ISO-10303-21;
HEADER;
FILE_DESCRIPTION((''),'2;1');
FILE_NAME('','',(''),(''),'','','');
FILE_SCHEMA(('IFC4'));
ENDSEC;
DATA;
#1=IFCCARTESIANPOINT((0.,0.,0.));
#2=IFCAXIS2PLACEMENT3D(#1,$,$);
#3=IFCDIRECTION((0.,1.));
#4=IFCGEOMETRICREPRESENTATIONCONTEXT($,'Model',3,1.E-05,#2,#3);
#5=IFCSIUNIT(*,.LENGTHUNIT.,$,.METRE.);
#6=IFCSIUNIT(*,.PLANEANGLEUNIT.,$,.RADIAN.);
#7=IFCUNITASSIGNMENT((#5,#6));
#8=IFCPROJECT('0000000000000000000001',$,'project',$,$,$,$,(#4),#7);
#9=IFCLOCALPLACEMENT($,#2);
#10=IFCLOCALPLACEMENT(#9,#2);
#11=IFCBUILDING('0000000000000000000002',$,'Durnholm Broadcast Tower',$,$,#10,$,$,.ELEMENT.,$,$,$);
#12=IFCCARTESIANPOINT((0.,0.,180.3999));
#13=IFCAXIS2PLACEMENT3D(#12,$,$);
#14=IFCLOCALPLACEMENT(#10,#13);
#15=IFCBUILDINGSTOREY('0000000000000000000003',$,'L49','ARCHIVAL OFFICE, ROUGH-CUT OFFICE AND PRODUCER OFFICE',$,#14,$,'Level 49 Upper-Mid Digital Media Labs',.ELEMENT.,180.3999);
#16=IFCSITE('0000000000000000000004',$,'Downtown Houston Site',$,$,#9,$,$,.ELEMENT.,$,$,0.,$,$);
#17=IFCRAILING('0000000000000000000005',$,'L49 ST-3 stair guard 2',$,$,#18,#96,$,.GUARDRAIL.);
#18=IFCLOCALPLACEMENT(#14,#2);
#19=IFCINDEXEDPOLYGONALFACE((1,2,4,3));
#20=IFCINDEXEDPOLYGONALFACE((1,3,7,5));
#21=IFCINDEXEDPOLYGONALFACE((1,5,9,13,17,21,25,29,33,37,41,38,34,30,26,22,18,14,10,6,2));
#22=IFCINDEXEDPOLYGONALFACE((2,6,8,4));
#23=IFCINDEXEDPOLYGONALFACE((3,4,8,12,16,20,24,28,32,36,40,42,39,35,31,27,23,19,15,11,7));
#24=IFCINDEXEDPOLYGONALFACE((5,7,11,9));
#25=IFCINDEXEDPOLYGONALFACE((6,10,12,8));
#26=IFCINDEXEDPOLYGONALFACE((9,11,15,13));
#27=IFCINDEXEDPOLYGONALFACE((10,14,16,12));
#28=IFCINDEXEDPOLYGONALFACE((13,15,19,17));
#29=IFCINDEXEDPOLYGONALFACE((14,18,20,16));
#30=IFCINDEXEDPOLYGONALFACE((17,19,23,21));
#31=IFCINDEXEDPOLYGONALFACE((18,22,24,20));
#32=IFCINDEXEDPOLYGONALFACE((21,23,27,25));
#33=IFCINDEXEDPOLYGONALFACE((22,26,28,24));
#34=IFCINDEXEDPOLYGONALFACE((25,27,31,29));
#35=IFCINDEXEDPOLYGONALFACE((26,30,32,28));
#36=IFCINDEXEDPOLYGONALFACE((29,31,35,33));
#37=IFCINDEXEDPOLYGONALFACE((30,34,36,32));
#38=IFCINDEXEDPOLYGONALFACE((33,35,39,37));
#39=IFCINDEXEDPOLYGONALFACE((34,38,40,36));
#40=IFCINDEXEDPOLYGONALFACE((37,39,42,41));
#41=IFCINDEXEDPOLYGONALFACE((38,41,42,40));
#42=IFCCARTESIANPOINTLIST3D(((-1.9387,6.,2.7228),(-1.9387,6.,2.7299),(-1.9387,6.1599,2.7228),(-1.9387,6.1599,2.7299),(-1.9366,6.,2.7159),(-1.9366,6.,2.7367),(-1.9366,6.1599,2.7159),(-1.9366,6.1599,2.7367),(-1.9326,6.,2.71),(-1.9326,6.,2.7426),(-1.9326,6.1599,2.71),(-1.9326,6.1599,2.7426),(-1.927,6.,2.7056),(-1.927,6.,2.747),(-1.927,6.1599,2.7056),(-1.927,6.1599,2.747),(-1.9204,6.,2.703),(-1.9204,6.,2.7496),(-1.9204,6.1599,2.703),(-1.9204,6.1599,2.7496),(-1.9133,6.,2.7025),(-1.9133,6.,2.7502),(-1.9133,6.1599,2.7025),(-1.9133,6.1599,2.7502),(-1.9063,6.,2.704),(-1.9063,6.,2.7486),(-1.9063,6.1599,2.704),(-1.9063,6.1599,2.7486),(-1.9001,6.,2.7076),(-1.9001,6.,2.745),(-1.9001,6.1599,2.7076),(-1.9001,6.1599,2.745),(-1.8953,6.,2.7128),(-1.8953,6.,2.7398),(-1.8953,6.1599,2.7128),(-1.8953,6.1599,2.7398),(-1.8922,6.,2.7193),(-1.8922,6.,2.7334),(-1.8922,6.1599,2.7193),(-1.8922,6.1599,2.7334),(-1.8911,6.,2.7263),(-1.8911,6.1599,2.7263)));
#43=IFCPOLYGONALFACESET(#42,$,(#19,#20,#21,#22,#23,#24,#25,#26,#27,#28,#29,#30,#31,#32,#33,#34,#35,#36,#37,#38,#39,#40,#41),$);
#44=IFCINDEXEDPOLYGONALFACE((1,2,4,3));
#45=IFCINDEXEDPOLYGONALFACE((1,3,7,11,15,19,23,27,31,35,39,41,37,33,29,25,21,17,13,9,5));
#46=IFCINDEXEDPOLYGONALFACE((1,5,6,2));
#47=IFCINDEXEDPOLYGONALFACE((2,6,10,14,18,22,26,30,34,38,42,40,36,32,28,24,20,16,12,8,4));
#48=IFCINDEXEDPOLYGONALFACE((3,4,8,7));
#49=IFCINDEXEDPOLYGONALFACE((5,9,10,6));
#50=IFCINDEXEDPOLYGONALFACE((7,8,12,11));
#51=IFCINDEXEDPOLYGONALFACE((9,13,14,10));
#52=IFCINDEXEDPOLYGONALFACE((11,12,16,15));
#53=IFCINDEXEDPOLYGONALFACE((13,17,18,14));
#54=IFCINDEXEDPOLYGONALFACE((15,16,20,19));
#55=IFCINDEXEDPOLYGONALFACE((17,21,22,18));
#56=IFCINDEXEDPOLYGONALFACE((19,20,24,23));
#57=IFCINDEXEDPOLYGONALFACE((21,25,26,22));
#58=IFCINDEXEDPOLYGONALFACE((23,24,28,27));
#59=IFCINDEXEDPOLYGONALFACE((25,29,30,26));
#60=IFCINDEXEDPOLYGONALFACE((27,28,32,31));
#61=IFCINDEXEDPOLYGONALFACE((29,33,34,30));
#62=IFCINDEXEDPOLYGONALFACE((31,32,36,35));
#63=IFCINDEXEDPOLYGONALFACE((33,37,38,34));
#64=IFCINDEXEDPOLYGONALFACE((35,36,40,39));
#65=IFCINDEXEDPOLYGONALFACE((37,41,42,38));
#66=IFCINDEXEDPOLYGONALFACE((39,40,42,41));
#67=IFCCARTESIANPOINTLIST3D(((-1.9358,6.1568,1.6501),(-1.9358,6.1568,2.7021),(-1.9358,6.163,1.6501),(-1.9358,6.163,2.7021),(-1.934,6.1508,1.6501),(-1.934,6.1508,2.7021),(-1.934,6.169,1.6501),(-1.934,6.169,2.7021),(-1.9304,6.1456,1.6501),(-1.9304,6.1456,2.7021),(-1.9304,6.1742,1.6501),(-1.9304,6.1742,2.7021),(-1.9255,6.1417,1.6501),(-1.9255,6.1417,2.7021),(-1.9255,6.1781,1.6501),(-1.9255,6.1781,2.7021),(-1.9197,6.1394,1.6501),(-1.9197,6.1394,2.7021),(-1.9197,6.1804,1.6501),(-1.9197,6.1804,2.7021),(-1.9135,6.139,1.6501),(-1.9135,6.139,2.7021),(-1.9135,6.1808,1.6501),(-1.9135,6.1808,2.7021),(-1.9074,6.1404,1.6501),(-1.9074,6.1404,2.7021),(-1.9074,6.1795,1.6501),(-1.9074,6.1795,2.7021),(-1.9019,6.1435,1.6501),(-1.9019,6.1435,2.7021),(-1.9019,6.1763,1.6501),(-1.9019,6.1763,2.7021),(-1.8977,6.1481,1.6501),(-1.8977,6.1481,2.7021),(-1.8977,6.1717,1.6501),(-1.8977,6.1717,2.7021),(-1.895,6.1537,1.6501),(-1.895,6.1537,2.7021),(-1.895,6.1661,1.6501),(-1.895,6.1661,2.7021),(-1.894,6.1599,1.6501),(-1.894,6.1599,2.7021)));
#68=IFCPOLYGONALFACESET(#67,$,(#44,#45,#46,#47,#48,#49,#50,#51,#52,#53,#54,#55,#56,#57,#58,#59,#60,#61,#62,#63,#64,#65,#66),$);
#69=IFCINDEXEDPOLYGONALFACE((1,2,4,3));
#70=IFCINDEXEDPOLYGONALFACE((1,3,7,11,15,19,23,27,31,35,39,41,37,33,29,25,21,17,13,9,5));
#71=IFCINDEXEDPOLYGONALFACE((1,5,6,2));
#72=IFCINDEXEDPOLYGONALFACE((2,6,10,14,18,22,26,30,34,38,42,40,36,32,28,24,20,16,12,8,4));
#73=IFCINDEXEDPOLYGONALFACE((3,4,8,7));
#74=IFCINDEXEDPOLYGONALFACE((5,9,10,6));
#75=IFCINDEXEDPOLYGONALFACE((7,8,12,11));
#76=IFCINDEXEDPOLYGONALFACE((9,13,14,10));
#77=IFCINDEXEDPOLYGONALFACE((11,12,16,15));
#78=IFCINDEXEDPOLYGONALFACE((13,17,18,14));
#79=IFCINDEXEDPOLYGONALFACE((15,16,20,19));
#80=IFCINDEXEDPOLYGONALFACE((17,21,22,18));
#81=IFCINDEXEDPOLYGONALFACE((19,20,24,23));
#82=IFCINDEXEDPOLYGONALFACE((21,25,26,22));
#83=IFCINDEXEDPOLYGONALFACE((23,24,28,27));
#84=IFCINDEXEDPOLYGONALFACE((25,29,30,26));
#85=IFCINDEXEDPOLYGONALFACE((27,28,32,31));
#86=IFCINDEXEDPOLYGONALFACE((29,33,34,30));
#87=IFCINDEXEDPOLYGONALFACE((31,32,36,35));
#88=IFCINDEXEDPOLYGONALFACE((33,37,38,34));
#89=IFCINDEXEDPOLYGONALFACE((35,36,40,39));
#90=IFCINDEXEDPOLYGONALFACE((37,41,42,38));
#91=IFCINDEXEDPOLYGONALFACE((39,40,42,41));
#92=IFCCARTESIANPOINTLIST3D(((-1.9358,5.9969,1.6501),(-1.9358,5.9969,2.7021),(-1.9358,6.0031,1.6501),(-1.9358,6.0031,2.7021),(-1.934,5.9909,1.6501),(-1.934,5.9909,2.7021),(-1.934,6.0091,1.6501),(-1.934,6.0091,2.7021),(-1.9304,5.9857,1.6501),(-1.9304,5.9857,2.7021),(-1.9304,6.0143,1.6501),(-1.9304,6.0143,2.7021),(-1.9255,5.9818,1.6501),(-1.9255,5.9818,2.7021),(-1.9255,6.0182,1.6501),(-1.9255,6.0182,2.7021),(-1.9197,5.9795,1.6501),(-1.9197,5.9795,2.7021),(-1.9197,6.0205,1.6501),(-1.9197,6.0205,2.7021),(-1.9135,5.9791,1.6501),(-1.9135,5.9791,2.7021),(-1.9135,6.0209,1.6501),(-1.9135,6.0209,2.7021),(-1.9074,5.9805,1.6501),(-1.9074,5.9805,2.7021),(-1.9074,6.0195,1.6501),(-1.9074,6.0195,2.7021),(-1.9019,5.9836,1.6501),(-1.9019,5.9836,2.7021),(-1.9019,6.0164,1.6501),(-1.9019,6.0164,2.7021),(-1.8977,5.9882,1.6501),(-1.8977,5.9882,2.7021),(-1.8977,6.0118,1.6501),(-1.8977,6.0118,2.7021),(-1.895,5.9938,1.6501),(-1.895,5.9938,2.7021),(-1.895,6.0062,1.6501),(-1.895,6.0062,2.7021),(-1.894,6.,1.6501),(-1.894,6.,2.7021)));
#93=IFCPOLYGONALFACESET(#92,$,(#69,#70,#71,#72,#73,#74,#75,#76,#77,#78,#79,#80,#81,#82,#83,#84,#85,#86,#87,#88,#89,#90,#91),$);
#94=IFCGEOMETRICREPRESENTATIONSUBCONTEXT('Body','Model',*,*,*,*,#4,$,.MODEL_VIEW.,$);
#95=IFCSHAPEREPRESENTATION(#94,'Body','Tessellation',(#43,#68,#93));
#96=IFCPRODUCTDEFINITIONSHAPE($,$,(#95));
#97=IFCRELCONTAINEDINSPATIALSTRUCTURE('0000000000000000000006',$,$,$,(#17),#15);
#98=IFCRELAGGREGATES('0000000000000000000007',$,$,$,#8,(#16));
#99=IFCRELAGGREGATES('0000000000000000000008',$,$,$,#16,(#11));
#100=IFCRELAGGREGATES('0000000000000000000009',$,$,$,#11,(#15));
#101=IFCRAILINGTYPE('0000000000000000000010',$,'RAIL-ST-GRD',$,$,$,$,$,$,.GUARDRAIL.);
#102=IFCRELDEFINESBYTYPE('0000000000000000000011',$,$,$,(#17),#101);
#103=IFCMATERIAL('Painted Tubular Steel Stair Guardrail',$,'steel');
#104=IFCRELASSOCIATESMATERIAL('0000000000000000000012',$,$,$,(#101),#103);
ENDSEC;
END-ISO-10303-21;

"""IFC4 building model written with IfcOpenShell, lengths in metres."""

from ifc_helpers import new_model, si_unit, direction, frame, origin, origin_2d, place, context, subcontext, project, spatial, circle, extrude, material, type_object, element, save


model = new_model("IFC4")

# Units and contexts
model_context = context("Model", 3, precision=1e-05, world=origin(), true_north=direction((0.0, 1.0)))
body_context = subcontext(model_context, "Body", "Model", "MODEL_VIEW")
ifc_project = project(units=[si_unit("LENGTHUNIT", "METRE"), si_unit("PLANEANGLEUNIT", "RADIAN")], contexts=[model_context])

# Site, building, storey
site_placement = place(None, origin())
site = spatial("IfcSite", under=ifc_project, at=site_placement, Name="Downtown Houston Site", CompositionType="ELEMENT", RefElevation=0.0)
building_placement = place(site_placement, origin())
building = spatial("IfcBuilding", under=site, at=building_placement, Name="Durnholm Broadcast Tower", CompositionType="ELEMENT")
storey_placement = place(building_placement, frame((0.0, 0.0, 180.3999)))
storey = spatial("IfcBuildingStorey", under=building, at=storey_placement, Name="L49", Description="ARCHIVAL OFFICE, ROUGH-CUT OFFICE AND PRODUCER OFFICE", LongName="Level 49 Upper-Mid Digital Media Labs", CompositionType="ELEMENT", Elevation=180.3999)

# Railing
ifc_material_1 = material(Name="Painted Tubular Steel Stair Guardrail", Category="steel")
railing_type_1 = type_object("IfcRailingType", Name="RAIL-ST-GRD", PredefinedType="GUARDRAIL", material=ifc_material_1)
railing_1_placement = place(storey_placement, frame((-1.915, 6.1599, 1.6501)))
element("IfcRailing", 1, at=railing_1_placement, inside=storey, type_object=railing_type_1, Name="L49 ST-3 stair guard 2", PredefinedType="GUARDRAIL", context=body_context, shape_type="SweptSolid", body=[
    extrude(circle(Radius=0.0239, at=origin_2d()), frame((0.0, 0.0, 1.0762), z_axis=(0.0, -1.0, 0.0), x_axis=(1.0, 0.0, 0.0)), (0.0, 0.0, 1.0), 0.1599),
    extrude(circle(Radius=0.021, at=origin_2d()), origin(), (0.0, 0.0, 1.0), 1.052),
    extrude(circle(Radius=0.021, at=origin_2d()), frame((0.0, -0.1599, 0.0)), (0.0, 0.0, 1.0), 1.052),
])

save(model, "model.ifc")
